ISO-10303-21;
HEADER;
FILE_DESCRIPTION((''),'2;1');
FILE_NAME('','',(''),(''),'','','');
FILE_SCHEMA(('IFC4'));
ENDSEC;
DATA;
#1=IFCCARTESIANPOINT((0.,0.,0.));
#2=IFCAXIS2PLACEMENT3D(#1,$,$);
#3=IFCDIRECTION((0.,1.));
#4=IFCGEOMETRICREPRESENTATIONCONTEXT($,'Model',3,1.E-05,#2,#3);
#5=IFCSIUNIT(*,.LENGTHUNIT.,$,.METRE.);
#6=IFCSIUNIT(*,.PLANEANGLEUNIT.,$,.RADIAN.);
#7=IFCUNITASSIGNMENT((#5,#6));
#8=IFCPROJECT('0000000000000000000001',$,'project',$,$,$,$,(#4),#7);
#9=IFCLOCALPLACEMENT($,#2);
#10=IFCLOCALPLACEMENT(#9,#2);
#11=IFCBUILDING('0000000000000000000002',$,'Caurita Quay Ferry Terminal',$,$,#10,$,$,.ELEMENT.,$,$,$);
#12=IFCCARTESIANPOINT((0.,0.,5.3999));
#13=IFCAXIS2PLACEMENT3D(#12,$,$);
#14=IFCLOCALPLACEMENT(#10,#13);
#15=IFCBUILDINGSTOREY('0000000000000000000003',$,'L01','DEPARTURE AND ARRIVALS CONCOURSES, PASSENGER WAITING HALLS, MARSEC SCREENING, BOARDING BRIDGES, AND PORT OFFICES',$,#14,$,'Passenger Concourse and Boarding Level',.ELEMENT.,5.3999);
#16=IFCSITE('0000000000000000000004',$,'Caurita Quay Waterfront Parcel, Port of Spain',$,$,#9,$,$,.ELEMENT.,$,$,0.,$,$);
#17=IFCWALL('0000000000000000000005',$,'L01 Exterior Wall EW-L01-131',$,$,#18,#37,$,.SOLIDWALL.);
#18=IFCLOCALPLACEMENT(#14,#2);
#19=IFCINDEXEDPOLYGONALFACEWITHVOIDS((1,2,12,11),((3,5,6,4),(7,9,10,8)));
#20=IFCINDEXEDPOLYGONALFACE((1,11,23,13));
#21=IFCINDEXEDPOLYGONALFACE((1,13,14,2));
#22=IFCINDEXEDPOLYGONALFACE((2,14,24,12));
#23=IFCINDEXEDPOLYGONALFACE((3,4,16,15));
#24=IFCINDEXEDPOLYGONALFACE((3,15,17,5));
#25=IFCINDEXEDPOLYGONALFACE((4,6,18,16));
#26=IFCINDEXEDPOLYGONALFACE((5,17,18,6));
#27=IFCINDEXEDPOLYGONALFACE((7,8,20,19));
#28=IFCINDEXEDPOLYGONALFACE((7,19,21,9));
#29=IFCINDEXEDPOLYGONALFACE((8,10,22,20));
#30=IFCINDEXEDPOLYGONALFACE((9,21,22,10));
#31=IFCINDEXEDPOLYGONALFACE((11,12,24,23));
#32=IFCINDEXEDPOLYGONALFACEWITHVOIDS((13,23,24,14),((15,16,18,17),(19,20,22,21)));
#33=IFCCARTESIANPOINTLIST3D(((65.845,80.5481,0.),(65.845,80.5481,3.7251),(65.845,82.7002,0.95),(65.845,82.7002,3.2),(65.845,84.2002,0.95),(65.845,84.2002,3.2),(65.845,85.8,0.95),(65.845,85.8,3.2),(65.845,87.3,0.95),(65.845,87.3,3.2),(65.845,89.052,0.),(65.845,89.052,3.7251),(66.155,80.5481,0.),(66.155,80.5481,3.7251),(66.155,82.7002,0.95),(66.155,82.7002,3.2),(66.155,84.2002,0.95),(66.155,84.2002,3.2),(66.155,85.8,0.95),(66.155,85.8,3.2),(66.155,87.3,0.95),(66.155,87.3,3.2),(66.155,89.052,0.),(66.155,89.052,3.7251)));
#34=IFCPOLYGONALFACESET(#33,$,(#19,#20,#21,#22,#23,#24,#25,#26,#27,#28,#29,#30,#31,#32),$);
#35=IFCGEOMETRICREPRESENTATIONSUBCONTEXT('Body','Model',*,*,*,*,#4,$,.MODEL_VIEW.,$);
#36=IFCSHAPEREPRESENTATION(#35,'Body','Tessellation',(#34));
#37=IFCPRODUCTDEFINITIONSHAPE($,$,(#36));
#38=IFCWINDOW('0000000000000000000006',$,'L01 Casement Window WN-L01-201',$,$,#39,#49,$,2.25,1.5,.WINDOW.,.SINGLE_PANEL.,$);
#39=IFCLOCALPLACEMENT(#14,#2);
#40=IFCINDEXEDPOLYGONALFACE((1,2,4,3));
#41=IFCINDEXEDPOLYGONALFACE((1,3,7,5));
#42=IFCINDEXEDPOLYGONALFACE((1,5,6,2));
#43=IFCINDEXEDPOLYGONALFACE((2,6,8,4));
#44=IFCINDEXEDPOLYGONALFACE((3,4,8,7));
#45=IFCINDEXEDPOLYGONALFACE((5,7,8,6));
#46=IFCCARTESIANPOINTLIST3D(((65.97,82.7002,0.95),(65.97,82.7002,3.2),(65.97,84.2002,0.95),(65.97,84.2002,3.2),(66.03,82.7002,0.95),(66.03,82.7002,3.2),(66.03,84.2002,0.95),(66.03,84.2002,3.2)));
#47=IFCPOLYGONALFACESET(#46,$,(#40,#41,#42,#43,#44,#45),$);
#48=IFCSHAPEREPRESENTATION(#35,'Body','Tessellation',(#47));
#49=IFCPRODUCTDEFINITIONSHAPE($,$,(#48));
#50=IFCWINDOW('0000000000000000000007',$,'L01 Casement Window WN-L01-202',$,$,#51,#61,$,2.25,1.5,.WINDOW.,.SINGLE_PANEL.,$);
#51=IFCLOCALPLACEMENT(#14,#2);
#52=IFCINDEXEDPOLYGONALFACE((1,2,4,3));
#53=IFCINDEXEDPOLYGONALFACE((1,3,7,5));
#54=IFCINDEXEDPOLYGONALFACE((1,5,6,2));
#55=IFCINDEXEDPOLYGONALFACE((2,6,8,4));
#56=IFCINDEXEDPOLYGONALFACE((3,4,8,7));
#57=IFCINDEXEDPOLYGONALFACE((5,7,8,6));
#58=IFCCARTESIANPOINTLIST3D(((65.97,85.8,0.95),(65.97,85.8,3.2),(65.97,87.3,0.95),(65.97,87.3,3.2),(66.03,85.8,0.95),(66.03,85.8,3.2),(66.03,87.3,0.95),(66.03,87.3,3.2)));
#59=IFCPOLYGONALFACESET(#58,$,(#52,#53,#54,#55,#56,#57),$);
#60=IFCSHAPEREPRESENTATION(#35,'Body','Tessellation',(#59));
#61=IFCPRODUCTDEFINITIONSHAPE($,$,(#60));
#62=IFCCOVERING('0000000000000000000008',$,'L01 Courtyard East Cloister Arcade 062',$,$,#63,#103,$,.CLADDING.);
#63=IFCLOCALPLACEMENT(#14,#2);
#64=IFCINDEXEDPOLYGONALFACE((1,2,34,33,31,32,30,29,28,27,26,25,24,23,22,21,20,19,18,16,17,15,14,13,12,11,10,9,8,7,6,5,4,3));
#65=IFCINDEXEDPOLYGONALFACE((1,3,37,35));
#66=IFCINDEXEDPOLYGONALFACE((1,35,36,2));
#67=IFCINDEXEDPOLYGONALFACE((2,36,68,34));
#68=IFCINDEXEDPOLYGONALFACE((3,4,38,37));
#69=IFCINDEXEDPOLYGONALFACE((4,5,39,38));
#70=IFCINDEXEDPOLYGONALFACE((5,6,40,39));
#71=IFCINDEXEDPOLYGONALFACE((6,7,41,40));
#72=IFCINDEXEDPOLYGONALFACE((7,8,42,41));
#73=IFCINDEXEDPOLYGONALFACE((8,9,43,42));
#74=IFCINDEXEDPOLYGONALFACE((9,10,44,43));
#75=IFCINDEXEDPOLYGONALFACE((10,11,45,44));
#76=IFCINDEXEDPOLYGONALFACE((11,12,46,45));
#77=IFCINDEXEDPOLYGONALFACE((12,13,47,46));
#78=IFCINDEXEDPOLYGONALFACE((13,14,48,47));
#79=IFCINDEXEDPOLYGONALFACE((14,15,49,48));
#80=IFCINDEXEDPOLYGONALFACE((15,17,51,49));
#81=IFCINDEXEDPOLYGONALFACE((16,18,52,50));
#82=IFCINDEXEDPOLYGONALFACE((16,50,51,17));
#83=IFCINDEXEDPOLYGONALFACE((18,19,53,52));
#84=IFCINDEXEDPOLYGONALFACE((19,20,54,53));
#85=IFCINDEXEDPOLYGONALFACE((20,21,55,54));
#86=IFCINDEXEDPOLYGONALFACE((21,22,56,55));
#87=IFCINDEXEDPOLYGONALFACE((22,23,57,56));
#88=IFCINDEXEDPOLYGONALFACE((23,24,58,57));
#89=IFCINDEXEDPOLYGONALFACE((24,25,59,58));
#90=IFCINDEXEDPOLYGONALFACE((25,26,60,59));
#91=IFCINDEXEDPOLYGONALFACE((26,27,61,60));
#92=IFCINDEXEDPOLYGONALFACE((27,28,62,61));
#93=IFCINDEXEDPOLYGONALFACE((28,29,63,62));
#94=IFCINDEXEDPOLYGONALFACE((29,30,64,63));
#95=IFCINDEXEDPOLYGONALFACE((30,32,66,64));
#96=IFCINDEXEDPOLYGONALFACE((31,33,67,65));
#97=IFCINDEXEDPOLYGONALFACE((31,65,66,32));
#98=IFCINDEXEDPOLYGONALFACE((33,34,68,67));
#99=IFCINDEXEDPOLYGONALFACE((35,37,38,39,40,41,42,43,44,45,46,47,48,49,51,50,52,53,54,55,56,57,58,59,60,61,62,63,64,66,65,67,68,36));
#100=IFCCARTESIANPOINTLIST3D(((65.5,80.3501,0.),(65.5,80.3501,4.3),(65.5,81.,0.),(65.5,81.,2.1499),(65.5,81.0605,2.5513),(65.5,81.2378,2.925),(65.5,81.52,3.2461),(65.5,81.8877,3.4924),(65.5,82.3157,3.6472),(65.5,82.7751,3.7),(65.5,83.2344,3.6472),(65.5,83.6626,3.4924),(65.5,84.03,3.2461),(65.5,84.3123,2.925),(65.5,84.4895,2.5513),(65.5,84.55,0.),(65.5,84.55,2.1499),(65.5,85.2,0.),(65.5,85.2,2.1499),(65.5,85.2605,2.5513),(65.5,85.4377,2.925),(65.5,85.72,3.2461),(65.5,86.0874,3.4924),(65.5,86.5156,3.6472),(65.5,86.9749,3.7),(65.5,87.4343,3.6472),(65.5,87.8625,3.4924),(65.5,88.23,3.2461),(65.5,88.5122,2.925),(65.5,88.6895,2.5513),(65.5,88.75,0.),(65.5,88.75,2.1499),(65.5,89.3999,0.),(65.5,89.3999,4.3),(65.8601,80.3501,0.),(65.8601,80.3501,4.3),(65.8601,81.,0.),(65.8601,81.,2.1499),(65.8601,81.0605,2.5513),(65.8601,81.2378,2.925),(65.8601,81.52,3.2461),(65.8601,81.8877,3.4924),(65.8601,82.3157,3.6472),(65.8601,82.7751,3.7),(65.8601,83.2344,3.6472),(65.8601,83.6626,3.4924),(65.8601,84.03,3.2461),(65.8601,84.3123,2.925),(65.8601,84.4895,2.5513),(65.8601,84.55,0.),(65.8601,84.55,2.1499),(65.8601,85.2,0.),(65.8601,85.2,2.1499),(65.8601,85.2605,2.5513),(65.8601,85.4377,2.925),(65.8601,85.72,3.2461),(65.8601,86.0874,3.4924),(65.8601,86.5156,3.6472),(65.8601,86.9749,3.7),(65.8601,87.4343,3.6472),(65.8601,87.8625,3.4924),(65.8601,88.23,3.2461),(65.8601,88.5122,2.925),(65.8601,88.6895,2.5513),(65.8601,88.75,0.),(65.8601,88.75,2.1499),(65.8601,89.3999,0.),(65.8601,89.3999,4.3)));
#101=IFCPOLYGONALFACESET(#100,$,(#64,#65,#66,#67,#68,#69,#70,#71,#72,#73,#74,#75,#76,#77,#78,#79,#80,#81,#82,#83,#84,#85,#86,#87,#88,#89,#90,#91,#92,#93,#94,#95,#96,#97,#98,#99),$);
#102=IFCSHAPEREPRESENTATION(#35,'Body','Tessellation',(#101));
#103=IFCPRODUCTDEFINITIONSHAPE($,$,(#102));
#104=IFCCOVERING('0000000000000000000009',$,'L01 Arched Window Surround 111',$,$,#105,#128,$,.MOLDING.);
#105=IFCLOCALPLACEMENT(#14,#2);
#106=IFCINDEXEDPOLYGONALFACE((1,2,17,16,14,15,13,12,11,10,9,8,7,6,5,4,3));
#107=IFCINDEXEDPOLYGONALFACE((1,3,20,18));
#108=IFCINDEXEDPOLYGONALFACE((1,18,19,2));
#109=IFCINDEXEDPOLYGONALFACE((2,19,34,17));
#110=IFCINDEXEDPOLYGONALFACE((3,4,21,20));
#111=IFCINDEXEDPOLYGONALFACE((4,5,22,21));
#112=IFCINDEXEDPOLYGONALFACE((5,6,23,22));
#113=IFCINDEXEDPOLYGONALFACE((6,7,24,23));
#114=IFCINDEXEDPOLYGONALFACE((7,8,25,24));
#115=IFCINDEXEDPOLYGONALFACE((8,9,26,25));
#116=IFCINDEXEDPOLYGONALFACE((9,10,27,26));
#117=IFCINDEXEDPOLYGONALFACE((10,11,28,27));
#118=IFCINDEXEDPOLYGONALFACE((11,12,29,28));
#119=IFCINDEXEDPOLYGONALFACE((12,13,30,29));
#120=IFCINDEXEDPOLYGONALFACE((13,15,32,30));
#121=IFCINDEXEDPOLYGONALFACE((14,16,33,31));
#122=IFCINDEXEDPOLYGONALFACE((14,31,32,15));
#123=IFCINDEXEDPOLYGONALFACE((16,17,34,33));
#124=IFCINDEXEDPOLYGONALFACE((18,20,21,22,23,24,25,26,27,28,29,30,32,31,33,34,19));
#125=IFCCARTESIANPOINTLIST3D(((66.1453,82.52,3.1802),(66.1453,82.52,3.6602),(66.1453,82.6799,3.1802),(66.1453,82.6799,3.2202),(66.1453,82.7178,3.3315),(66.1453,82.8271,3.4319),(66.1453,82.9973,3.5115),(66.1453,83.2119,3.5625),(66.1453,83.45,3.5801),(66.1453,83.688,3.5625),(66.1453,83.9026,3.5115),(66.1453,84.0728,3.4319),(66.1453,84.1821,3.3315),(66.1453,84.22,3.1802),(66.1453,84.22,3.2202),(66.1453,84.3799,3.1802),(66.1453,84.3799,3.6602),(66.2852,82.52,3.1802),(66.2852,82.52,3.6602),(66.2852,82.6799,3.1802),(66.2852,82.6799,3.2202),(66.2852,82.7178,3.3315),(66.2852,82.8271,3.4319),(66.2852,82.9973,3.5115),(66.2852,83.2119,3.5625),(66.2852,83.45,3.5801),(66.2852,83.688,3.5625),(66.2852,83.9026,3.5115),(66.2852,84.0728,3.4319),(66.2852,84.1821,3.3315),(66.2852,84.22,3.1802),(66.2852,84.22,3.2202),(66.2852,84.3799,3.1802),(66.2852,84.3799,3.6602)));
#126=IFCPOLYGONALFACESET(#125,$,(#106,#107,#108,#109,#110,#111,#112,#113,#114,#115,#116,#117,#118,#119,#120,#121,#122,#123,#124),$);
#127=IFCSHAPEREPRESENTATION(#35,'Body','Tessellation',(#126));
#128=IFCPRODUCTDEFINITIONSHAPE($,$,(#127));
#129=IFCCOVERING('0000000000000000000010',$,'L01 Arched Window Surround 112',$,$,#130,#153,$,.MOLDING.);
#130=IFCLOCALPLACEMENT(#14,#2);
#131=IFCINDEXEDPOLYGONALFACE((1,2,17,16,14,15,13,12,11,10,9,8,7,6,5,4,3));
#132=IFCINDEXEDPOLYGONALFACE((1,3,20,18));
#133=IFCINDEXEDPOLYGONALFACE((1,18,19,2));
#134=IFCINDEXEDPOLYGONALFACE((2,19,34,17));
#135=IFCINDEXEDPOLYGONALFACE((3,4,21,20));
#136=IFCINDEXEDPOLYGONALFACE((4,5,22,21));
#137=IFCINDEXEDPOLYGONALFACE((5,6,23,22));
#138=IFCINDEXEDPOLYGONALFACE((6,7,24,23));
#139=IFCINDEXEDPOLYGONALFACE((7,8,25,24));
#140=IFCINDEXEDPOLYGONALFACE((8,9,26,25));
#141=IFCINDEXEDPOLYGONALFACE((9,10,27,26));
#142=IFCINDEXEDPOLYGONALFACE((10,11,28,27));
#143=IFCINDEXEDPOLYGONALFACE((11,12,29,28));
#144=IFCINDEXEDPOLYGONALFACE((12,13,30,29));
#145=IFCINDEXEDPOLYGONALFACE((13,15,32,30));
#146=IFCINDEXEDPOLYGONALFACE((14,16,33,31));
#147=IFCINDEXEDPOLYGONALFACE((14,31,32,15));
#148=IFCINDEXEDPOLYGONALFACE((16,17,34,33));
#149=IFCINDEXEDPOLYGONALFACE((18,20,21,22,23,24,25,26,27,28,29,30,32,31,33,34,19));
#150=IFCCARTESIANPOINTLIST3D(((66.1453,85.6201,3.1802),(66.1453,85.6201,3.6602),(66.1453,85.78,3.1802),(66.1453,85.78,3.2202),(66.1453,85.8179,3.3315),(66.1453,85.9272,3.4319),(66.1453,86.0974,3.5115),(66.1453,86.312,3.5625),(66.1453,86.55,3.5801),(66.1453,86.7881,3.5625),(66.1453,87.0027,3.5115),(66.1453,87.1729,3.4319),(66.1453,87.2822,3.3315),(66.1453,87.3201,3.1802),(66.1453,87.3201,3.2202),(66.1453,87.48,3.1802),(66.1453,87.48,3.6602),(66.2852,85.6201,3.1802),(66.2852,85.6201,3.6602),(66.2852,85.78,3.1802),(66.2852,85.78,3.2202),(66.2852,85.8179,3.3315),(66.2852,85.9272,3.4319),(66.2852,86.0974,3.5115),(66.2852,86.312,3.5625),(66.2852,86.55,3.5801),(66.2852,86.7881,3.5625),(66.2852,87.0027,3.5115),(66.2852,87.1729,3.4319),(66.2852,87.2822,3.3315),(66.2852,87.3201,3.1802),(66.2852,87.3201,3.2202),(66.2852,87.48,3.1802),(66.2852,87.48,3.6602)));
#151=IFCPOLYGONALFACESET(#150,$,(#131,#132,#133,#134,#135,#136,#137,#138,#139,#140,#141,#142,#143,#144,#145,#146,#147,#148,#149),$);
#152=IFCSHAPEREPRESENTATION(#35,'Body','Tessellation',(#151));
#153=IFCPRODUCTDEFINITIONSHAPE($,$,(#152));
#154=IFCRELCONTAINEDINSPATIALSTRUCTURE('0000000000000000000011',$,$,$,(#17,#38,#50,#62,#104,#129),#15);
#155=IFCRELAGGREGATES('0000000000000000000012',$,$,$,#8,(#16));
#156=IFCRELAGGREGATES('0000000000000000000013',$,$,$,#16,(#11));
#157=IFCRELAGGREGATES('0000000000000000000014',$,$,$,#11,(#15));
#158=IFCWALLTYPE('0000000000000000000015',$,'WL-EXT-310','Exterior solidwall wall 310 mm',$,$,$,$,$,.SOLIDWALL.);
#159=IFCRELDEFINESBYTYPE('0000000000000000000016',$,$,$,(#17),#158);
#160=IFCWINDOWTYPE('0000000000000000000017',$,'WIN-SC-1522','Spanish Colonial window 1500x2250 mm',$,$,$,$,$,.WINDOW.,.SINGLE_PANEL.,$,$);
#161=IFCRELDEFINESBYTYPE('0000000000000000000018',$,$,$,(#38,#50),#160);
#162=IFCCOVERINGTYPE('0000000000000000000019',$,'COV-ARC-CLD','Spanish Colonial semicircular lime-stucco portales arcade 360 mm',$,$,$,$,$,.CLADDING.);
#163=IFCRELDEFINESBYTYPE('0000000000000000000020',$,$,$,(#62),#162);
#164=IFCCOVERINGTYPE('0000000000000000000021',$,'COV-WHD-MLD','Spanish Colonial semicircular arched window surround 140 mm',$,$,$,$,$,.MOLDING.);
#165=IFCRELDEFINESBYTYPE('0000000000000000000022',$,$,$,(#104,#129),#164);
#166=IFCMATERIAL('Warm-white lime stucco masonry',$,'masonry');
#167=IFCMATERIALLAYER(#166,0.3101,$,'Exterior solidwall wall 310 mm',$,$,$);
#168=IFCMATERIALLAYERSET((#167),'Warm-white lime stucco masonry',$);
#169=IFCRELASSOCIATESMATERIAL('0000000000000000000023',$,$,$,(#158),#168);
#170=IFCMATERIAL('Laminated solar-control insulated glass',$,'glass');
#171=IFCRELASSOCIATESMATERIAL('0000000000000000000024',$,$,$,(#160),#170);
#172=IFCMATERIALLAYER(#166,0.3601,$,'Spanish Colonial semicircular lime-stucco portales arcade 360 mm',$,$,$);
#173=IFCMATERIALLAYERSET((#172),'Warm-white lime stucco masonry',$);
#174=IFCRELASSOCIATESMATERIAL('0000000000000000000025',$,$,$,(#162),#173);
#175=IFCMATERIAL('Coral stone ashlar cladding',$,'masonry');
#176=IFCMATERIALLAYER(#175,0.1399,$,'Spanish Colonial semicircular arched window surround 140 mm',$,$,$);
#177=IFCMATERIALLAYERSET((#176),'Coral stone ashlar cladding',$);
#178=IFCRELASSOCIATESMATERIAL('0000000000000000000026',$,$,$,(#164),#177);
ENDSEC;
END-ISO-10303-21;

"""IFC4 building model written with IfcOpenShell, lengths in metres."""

from ifc_helpers import new_model, si_unit, direction, frame, frame_2d, origin, place, context, subcontext, project, spatial, polyline, rectangle, outline, extrude, material, layer, layer_set, type_object, element, fill, save


model = new_model("IFC4")

# Units and contexts
model_context = context("Model", 3, precision=1e-05, world=origin(), true_north=direction((0.0, 1.0)))
body_context = subcontext(model_context, "Body", "Model", "MODEL_VIEW")
ifc_project = project(units=[si_unit("LENGTHUNIT", "METRE"), si_unit("PLANEANGLEUNIT", "RADIAN")], contexts=[model_context])

# Site, building, storey
site_placement = place(None, origin())
site = spatial("IfcSite", under=ifc_project, at=site_placement, Name="Caurita Quay Waterfront Parcel, Port of Spain", CompositionType="ELEMENT", RefElevation=0.0)
building_placement = place(site_placement, origin())
building = spatial("IfcBuilding", under=site, at=building_placement, Name="Caurita Quay Ferry Terminal", CompositionType="ELEMENT")
storey_placement = place(building_placement, frame((0.0, 0.0, 5.3999)))
storey = spatial("IfcBuildingStorey", under=building, at=storey_placement, Name="L01", Description="DEPARTURE AND ARRIVALS CONCOURSES, PASSENGER WAITING HALLS, MARSEC SCREENING, BOARDING BRIDGES, AND PORT OFFICES", LongName="Passenger Concourse and Boarding Level", CompositionType="ELEMENT", Elevation=5.3999)

# Shared definitions
ifc_material_1 = material(Name="Laminated solar-control insulated glass", Category="glass")

# Wall, openings, windows
ifc_material_2 = material(Name="Warm-white lime stucco masonry", Category="masonry")
ifc_layer_1 = layer(ifc_material_2, 0.3101, Name="Exterior solidwall wall 310 mm")
ifc_layer_set_1 = layer_set([ifc_layer_1], Name="Warm-white lime stucco masonry")
wall_type = type_object("IfcWallType", Name="WL-EXT-310", Description="Exterior solidwall wall 310 mm", PredefinedType="SOLIDWALL", material=ifc_layer_set_1)
wall_placement = place(storey_placement, frame((66.0, 80.5481, 0.0), z_axis=(0.0, 0.0, 1.0), x_axis=(0.0, 1.0, 0.0)))
wall = element("IfcWall", 1, at=wall_placement, inside=storey, type_object=wall_type, Name="L01 Exterior Wall EW-L01-131", PredefinedType="SOLIDWALL", context=body_context, shape_type="SweptSolid", body=[
    extrude(rectangle(XDim=8.5039, YDim=0.3101, at=frame_2d((4.252, 0.0))), origin(), (0.0, 0.0, 1.0), 3.7251),
])
opening_1_placement = place(wall_placement, frame((2.1521, 0.0, 0.95)))
opening_1 = element("IfcOpeningElement", 2, at=opening_1_placement, cuts=wall, PredefinedType="OPENING", context=body_context, shape_type="SweptSolid", body=[
    extrude(rectangle(XDim=1.5, YDim=2.25, at=frame_2d((0.75, 1.125))), frame((0.0, 0.165, 0.0), z_axis=(0.0, -1.0, 0.0), x_axis=(1.0, 0.0, 0.0)), (0.0, 0.0, 1.0), 0.3301),
])
opening_2_placement = place(wall_placement, frame((5.252, 0.0, 0.95)))
opening_2 = element("IfcOpeningElement", 3, at=opening_2_placement, cuts=wall, PredefinedType="OPENING", context=body_context, shape_type="SweptSolid", body=[
    extrude(rectangle(XDim=1.5, YDim=2.25, at=frame_2d((0.75, 1.125))), frame((0.0, 0.165, 0.0), z_axis=(0.0, -1.0, 0.0), x_axis=(1.0, 0.0, 0.0)), (0.0, 0.0, 1.0), 0.3301),
])
window_type = type_object("IfcWindowType", Name="WIN-SC-1522", Description="Spanish Colonial window 1500x2250 mm", PartitioningType="SINGLE_PANEL", PredefinedType="WINDOW", material=ifc_material_1)
window_1_placement = place(opening_1_placement, origin())
window_1 = element("IfcWindow", 4, at=window_1_placement, inside=storey, type_object=window_type, Name="L01 Casement Window WN-L01-201", OverallHeight=2.25, OverallWidth=1.5, PartitioningType="SINGLE_PANEL", PredefinedType="WINDOW", context=body_context, shape_type="SweptSolid", body=[
    extrude(rectangle(XDim=1.5, YDim=2.25, at=frame_2d((0.75, 1.125))), frame((0.0, 0.03, 0.0), z_axis=(0.0, -1.0, 0.0), x_axis=(1.0, 0.0, 0.0)), (0.0, 0.0, 1.0), 0.0601),
])
fill(opening_1, window_1)
window_2_placement = place(opening_2_placement, origin())
window_2 = element("IfcWindow", 5, at=window_2_placement, inside=storey, type_object=window_type, Name="L01 Casement Window WN-L01-202", OverallHeight=2.25, OverallWidth=1.5, PartitioningType="SINGLE_PANEL", PredefinedType="WINDOW", context=body_context, shape_type="SweptSolid", body=[
    extrude(rectangle(XDim=1.5, YDim=2.25, at=frame_2d((0.75, 1.125))), frame((0.0, 0.03, 0.0), z_axis=(0.0, -1.0, 0.0), x_axis=(1.0, 0.0, 0.0)), (0.0, 0.0, 1.0), 0.0601),
])
fill(opening_2, window_2)

# Coverings
ifc_layer_2 = layer(ifc_material_2, 0.3601, Name="Spanish Colonial semicircular lime-stucco portales arcade 360 mm")
ifc_layer_set_2 = layer_set([ifc_layer_2], Name="Warm-white lime stucco masonry")
covering_type_1 = type_object("IfcCoveringType", Name="COV-ARC-CLD", Description="Spanish Colonial semicircular lime-stucco portales arcade 360 mm", PredefinedType="CLADDING", material=ifc_layer_set_2)
covering_placement = place(storey_placement, frame((65.6799, 89.3999, 0.0), z_axis=(0.0, 0.0, 1.0), x_axis=(0.0, -1.0, 0.0)))
element("IfcCovering", 6, at=covering_placement, inside=storey, type_object=covering_type_1, Name="L01 Courtyard East Cloister Arcade 062", PredefinedType="CLADDING", context=body_context, shape_type="SweptSolid", body=[
    extrude(outline(polyline([(0.0, 0.0), (0.6499, 0.0), (0.6499, 2.1499), (0.7104, 2.5513), (0.8877, 2.925), (1.1699, 3.2461), (1.5374, 3.4924), (1.9656, 3.6472), (2.425, 3.7), (2.8843, 3.6472), (3.3125, 3.4924), (3.6799, 3.2461), (3.9622, 2.925), (4.1394, 2.5513), (4.2, 2.1499), (4.2, 0.0), (4.8499, 0.0), (4.8499, 2.1499), (4.9104, 2.5513), (5.0876, 2.925), (5.3699, 3.2461), (5.7373, 3.4924), (6.1655, 3.6472), (6.6248, 3.7), (7.0842, 3.6472), (7.5122, 3.4924), (7.8799, 3.2461), (8.1621, 2.925), (8.3394, 2.5513), (8.3999, 2.1499), (8.3999, 0.0), (9.0498, 0.0), (9.0498, 4.3), (0.0, 4.3), (0.0, 0.0)])), frame((0.0, 0.1802, 0.0), z_axis=(0.0, -1.0, 0.0), x_axis=(1.0, 0.0, 0.0)), (0.0, 0.0, 1.0), 0.3601),
])
ifc_material_3 = material(Name="Coral stone ashlar cladding", Category="masonry")
ifc_layer_3 = layer(ifc_material_3, 0.1399, Name="Spanish Colonial semicircular arched window surround 140 mm")
ifc_layer_set_3 = layer_set([ifc_layer_3], Name="Coral stone ashlar cladding")
covering_type_2 = type_object("IfcCoveringType", Name="COV-WHD-MLD", Description="Spanish Colonial semicircular arched window surround 140 mm", PredefinedType="MOLDING", material=ifc_layer_set_3)
for number, where, z_axis, x_axis, name in (
    (7, (66.2151, 82.52, 3.1802), (0.0, 0.0, 1.0), (0.0, 1.0, 0.0), "L01 Arched Window Surround 111"),
    (8, (66.2151, 85.6201, 3.1802), (0.0, 0.0, 1.0), (0.0, 1.0, 0.0), "L01 Arched Window Surround 112"),
):
    element("IfcCovering", number, at=place(storey_placement, frame(where, z_axis=z_axis, x_axis=x_axis)), inside=storey, type_object=covering_type_2, Name=name, PredefinedType="MOLDING", context=body_context, shape_type="SweptSolid", body=[
        extrude(outline(polyline([(0.0, 0.0), (0.1599, 0.0), (0.1599, 0.04), (0.1978, 0.1514), (0.3071, 0.2517), (0.4773, 0.3313), (0.6919, 0.3823), (0.9299, 0.3999), (1.168, 0.3823), (1.3826, 0.3313), (1.5527, 0.2517), (1.6621, 0.1514), (1.7, 0.04), (1.7, 0.0), (1.8599, 0.0), (1.8599, 0.48), (0.0, 0.48), (0.0, 0.0)])), frame((0.0, 0.0698, 0.0), z_axis=(0.0, -1.0, 0.0), x_axis=(1.0, 0.0, 0.0)), (0.0, 0.0, 1.0), 0.1399),
    ])

save(model, "model.ifc")
